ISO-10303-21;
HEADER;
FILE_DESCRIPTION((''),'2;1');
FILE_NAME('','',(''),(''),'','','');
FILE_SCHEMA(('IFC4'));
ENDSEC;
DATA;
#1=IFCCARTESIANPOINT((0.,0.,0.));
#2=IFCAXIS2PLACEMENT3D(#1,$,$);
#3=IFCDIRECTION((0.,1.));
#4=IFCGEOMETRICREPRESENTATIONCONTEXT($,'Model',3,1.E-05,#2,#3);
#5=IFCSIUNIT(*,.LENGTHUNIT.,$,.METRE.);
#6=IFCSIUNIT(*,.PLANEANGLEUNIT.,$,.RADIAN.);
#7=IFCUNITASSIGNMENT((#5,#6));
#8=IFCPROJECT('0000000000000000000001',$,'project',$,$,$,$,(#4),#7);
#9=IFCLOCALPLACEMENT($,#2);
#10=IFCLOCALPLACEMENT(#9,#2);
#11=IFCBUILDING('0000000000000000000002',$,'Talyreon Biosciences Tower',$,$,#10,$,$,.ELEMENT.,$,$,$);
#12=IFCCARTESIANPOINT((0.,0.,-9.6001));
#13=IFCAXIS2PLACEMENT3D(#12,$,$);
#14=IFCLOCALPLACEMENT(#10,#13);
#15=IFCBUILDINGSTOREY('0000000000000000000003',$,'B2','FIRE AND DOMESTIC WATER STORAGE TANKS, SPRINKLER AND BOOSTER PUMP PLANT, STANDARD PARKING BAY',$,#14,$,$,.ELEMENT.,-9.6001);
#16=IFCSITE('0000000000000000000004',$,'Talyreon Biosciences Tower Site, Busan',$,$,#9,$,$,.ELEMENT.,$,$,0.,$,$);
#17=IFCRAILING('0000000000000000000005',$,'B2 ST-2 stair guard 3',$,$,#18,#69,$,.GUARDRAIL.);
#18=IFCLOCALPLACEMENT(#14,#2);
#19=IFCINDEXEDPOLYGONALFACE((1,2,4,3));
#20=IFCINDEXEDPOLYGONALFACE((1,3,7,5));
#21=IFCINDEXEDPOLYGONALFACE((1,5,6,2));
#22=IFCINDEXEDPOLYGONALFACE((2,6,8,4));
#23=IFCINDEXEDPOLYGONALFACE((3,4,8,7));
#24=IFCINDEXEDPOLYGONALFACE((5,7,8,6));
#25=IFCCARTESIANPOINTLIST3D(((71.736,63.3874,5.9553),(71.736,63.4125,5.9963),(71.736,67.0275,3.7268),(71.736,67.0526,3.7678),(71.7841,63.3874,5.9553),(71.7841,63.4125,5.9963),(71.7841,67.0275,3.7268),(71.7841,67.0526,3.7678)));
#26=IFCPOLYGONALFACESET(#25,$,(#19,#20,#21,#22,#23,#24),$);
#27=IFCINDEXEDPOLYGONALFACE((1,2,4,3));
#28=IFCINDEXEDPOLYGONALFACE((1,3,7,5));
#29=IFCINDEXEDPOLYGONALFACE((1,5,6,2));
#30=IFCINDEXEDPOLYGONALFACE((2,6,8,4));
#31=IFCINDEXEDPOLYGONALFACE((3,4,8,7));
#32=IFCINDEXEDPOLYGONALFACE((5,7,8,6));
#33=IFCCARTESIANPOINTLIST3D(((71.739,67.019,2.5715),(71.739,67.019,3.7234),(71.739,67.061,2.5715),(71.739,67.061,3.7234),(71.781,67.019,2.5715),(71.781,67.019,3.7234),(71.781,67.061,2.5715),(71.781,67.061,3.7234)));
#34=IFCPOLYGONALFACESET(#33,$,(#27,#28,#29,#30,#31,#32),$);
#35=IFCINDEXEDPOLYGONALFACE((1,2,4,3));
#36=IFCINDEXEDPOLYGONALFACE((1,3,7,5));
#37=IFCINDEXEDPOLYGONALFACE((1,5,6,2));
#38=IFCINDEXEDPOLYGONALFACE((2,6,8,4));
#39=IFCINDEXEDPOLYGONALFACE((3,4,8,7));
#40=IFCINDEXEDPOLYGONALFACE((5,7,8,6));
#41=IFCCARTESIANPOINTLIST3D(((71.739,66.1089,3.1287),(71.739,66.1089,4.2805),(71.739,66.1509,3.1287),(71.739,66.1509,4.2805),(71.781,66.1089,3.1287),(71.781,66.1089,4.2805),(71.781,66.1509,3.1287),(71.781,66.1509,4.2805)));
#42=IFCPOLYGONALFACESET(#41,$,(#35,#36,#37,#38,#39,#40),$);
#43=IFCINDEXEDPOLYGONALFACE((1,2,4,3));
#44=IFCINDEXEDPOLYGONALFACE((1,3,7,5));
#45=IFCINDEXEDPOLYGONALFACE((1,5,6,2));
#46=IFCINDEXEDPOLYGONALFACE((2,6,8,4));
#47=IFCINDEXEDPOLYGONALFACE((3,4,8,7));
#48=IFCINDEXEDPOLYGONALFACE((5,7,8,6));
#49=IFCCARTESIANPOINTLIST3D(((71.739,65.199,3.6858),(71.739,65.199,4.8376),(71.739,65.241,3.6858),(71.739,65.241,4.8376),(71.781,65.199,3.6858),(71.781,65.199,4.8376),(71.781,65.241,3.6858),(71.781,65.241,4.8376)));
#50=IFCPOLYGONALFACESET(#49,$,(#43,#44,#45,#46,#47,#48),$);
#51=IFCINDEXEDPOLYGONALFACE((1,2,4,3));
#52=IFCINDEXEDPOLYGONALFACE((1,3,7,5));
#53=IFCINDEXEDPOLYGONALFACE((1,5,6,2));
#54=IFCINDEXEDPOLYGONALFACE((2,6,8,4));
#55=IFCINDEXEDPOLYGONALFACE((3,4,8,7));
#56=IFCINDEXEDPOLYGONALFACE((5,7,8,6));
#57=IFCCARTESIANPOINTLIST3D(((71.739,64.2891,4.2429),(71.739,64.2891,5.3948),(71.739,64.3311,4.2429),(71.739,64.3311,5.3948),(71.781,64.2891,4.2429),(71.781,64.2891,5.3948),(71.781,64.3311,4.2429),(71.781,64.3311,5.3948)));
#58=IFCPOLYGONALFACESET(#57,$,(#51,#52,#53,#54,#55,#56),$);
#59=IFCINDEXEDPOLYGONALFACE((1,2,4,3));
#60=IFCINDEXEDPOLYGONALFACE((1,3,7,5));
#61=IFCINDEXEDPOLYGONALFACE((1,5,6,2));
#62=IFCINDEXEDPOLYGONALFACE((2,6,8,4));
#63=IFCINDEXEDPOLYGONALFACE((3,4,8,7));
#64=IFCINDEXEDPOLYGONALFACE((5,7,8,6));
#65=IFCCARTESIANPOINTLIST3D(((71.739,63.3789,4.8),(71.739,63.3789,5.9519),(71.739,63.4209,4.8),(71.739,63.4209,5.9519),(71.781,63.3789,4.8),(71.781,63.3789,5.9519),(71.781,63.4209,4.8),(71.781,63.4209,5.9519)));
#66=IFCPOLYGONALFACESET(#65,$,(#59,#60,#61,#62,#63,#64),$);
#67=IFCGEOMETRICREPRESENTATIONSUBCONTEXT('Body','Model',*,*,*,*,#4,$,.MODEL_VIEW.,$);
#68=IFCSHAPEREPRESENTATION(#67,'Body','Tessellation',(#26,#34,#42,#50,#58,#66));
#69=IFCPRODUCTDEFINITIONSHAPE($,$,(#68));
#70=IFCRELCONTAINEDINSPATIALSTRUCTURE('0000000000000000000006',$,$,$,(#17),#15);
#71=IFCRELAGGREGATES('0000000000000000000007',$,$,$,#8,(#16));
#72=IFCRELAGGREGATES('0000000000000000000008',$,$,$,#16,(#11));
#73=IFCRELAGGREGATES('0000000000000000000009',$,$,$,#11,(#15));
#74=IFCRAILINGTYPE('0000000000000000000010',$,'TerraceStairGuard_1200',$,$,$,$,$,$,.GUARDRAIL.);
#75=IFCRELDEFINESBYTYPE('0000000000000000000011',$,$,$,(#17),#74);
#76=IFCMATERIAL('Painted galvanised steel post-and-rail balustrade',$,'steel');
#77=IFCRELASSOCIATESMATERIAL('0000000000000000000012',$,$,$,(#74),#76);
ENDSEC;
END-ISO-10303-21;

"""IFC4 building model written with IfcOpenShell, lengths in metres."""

from ifc_helpers import new_model, si_unit, direction, frame, origin, origin_2d, place, context, subcontext, project, spatial, rectangle, extrude, material, type_object, element, save


model = new_model("IFC4")

# Units and contexts
model_context = context("Model", 3, precision=1e-05, world=origin(), true_north=direction((0.0, 1.0)))
body_context = subcontext(model_context, "Body", "Model", "MODEL_VIEW")
ifc_project = project(units=[si_unit("LENGTHUNIT", "METRE"), si_unit("PLANEANGLEUNIT", "RADIAN")], contexts=[model_context])

# Site, building, storey
site_placement = place(None, origin())
site = spatial("IfcSite", under=ifc_project, at=site_placement, Name="Talyreon Biosciences Tower Site, Busan", CompositionType="ELEMENT", RefElevation=0.0)
building_placement = place(site_placement, origin())
building = spatial("IfcBuilding", under=site, at=building_placement, Name="Talyreon Biosciences Tower", CompositionType="ELEMENT")
storey_placement = place(building_placement, frame((0.0, 0.0, -9.6001)))
storey = spatial("IfcBuildingStorey", under=building, at=storey_placement, Name="B2", Description="FIRE AND DOMESTIC WATER STORAGE TANKS, SPRINKLER AND BOOSTER PUMP PLANT, STANDARD PARKING BAY", CompositionType="ELEMENT", Elevation=-9.6001)

# Railing
ifc_material_1 = material(Name="Painted galvanised steel post-and-rail balustrade", Category="steel")
railing_type_1 = type_object("IfcRailingType", Name="TerraceStairGuard_1200", PredefinedType="GUARDRAIL", material=ifc_material_1)
railing_1_placement = place(storey_placement, frame((71.76, 67.04, 2.5715)))
element("IfcRailing", 1, at=railing_1_placement, inside=storey, type_object=railing_type_1, Name="B2 ST-2 stair guard 3", PredefinedType="GUARDRAIL", context=body_context, shape_type="SweptSolid", body=[
    extrude(rectangle(XDim=0.0481, YDim=0.0481, at=origin_2d()), frame((0.0, 0.0, 1.1758), z_axis=(0.0, -0.852866, 0.52213), x_axis=(1.0, 0.0, 0.0)), (0.0, 0.0, 1.0), 4.2681),
    extrude(rectangle(XDim=0.042, YDim=0.042, at=origin_2d()), origin(), (0.0, 0.0, 1.0), 1.1519),
    extrude(rectangle(XDim=0.042, YDim=0.042, at=origin_2d()), frame((0.0, -0.9102, 0.5571)), (0.0, 0.0, 1.0), 1.1519),
    extrude(rectangle(XDim=0.042, YDim=0.042, at=origin_2d()), frame((0.0, -1.8201, 1.1143)), (0.0, 0.0, 1.0), 1.1519),
    extrude(rectangle(XDim=0.042, YDim=0.042, at=origin_2d()), frame((0.0, -2.73, 1.6714)), (0.0, 0.0, 1.0), 1.1519),
    extrude(rectangle(XDim=0.042, YDim=0.042, at=origin_2d()), frame((0.0, -3.6401, 2.2285)), (0.0, 0.0, 1.0), 1.1519),
])

save(model, "model.ifc")
